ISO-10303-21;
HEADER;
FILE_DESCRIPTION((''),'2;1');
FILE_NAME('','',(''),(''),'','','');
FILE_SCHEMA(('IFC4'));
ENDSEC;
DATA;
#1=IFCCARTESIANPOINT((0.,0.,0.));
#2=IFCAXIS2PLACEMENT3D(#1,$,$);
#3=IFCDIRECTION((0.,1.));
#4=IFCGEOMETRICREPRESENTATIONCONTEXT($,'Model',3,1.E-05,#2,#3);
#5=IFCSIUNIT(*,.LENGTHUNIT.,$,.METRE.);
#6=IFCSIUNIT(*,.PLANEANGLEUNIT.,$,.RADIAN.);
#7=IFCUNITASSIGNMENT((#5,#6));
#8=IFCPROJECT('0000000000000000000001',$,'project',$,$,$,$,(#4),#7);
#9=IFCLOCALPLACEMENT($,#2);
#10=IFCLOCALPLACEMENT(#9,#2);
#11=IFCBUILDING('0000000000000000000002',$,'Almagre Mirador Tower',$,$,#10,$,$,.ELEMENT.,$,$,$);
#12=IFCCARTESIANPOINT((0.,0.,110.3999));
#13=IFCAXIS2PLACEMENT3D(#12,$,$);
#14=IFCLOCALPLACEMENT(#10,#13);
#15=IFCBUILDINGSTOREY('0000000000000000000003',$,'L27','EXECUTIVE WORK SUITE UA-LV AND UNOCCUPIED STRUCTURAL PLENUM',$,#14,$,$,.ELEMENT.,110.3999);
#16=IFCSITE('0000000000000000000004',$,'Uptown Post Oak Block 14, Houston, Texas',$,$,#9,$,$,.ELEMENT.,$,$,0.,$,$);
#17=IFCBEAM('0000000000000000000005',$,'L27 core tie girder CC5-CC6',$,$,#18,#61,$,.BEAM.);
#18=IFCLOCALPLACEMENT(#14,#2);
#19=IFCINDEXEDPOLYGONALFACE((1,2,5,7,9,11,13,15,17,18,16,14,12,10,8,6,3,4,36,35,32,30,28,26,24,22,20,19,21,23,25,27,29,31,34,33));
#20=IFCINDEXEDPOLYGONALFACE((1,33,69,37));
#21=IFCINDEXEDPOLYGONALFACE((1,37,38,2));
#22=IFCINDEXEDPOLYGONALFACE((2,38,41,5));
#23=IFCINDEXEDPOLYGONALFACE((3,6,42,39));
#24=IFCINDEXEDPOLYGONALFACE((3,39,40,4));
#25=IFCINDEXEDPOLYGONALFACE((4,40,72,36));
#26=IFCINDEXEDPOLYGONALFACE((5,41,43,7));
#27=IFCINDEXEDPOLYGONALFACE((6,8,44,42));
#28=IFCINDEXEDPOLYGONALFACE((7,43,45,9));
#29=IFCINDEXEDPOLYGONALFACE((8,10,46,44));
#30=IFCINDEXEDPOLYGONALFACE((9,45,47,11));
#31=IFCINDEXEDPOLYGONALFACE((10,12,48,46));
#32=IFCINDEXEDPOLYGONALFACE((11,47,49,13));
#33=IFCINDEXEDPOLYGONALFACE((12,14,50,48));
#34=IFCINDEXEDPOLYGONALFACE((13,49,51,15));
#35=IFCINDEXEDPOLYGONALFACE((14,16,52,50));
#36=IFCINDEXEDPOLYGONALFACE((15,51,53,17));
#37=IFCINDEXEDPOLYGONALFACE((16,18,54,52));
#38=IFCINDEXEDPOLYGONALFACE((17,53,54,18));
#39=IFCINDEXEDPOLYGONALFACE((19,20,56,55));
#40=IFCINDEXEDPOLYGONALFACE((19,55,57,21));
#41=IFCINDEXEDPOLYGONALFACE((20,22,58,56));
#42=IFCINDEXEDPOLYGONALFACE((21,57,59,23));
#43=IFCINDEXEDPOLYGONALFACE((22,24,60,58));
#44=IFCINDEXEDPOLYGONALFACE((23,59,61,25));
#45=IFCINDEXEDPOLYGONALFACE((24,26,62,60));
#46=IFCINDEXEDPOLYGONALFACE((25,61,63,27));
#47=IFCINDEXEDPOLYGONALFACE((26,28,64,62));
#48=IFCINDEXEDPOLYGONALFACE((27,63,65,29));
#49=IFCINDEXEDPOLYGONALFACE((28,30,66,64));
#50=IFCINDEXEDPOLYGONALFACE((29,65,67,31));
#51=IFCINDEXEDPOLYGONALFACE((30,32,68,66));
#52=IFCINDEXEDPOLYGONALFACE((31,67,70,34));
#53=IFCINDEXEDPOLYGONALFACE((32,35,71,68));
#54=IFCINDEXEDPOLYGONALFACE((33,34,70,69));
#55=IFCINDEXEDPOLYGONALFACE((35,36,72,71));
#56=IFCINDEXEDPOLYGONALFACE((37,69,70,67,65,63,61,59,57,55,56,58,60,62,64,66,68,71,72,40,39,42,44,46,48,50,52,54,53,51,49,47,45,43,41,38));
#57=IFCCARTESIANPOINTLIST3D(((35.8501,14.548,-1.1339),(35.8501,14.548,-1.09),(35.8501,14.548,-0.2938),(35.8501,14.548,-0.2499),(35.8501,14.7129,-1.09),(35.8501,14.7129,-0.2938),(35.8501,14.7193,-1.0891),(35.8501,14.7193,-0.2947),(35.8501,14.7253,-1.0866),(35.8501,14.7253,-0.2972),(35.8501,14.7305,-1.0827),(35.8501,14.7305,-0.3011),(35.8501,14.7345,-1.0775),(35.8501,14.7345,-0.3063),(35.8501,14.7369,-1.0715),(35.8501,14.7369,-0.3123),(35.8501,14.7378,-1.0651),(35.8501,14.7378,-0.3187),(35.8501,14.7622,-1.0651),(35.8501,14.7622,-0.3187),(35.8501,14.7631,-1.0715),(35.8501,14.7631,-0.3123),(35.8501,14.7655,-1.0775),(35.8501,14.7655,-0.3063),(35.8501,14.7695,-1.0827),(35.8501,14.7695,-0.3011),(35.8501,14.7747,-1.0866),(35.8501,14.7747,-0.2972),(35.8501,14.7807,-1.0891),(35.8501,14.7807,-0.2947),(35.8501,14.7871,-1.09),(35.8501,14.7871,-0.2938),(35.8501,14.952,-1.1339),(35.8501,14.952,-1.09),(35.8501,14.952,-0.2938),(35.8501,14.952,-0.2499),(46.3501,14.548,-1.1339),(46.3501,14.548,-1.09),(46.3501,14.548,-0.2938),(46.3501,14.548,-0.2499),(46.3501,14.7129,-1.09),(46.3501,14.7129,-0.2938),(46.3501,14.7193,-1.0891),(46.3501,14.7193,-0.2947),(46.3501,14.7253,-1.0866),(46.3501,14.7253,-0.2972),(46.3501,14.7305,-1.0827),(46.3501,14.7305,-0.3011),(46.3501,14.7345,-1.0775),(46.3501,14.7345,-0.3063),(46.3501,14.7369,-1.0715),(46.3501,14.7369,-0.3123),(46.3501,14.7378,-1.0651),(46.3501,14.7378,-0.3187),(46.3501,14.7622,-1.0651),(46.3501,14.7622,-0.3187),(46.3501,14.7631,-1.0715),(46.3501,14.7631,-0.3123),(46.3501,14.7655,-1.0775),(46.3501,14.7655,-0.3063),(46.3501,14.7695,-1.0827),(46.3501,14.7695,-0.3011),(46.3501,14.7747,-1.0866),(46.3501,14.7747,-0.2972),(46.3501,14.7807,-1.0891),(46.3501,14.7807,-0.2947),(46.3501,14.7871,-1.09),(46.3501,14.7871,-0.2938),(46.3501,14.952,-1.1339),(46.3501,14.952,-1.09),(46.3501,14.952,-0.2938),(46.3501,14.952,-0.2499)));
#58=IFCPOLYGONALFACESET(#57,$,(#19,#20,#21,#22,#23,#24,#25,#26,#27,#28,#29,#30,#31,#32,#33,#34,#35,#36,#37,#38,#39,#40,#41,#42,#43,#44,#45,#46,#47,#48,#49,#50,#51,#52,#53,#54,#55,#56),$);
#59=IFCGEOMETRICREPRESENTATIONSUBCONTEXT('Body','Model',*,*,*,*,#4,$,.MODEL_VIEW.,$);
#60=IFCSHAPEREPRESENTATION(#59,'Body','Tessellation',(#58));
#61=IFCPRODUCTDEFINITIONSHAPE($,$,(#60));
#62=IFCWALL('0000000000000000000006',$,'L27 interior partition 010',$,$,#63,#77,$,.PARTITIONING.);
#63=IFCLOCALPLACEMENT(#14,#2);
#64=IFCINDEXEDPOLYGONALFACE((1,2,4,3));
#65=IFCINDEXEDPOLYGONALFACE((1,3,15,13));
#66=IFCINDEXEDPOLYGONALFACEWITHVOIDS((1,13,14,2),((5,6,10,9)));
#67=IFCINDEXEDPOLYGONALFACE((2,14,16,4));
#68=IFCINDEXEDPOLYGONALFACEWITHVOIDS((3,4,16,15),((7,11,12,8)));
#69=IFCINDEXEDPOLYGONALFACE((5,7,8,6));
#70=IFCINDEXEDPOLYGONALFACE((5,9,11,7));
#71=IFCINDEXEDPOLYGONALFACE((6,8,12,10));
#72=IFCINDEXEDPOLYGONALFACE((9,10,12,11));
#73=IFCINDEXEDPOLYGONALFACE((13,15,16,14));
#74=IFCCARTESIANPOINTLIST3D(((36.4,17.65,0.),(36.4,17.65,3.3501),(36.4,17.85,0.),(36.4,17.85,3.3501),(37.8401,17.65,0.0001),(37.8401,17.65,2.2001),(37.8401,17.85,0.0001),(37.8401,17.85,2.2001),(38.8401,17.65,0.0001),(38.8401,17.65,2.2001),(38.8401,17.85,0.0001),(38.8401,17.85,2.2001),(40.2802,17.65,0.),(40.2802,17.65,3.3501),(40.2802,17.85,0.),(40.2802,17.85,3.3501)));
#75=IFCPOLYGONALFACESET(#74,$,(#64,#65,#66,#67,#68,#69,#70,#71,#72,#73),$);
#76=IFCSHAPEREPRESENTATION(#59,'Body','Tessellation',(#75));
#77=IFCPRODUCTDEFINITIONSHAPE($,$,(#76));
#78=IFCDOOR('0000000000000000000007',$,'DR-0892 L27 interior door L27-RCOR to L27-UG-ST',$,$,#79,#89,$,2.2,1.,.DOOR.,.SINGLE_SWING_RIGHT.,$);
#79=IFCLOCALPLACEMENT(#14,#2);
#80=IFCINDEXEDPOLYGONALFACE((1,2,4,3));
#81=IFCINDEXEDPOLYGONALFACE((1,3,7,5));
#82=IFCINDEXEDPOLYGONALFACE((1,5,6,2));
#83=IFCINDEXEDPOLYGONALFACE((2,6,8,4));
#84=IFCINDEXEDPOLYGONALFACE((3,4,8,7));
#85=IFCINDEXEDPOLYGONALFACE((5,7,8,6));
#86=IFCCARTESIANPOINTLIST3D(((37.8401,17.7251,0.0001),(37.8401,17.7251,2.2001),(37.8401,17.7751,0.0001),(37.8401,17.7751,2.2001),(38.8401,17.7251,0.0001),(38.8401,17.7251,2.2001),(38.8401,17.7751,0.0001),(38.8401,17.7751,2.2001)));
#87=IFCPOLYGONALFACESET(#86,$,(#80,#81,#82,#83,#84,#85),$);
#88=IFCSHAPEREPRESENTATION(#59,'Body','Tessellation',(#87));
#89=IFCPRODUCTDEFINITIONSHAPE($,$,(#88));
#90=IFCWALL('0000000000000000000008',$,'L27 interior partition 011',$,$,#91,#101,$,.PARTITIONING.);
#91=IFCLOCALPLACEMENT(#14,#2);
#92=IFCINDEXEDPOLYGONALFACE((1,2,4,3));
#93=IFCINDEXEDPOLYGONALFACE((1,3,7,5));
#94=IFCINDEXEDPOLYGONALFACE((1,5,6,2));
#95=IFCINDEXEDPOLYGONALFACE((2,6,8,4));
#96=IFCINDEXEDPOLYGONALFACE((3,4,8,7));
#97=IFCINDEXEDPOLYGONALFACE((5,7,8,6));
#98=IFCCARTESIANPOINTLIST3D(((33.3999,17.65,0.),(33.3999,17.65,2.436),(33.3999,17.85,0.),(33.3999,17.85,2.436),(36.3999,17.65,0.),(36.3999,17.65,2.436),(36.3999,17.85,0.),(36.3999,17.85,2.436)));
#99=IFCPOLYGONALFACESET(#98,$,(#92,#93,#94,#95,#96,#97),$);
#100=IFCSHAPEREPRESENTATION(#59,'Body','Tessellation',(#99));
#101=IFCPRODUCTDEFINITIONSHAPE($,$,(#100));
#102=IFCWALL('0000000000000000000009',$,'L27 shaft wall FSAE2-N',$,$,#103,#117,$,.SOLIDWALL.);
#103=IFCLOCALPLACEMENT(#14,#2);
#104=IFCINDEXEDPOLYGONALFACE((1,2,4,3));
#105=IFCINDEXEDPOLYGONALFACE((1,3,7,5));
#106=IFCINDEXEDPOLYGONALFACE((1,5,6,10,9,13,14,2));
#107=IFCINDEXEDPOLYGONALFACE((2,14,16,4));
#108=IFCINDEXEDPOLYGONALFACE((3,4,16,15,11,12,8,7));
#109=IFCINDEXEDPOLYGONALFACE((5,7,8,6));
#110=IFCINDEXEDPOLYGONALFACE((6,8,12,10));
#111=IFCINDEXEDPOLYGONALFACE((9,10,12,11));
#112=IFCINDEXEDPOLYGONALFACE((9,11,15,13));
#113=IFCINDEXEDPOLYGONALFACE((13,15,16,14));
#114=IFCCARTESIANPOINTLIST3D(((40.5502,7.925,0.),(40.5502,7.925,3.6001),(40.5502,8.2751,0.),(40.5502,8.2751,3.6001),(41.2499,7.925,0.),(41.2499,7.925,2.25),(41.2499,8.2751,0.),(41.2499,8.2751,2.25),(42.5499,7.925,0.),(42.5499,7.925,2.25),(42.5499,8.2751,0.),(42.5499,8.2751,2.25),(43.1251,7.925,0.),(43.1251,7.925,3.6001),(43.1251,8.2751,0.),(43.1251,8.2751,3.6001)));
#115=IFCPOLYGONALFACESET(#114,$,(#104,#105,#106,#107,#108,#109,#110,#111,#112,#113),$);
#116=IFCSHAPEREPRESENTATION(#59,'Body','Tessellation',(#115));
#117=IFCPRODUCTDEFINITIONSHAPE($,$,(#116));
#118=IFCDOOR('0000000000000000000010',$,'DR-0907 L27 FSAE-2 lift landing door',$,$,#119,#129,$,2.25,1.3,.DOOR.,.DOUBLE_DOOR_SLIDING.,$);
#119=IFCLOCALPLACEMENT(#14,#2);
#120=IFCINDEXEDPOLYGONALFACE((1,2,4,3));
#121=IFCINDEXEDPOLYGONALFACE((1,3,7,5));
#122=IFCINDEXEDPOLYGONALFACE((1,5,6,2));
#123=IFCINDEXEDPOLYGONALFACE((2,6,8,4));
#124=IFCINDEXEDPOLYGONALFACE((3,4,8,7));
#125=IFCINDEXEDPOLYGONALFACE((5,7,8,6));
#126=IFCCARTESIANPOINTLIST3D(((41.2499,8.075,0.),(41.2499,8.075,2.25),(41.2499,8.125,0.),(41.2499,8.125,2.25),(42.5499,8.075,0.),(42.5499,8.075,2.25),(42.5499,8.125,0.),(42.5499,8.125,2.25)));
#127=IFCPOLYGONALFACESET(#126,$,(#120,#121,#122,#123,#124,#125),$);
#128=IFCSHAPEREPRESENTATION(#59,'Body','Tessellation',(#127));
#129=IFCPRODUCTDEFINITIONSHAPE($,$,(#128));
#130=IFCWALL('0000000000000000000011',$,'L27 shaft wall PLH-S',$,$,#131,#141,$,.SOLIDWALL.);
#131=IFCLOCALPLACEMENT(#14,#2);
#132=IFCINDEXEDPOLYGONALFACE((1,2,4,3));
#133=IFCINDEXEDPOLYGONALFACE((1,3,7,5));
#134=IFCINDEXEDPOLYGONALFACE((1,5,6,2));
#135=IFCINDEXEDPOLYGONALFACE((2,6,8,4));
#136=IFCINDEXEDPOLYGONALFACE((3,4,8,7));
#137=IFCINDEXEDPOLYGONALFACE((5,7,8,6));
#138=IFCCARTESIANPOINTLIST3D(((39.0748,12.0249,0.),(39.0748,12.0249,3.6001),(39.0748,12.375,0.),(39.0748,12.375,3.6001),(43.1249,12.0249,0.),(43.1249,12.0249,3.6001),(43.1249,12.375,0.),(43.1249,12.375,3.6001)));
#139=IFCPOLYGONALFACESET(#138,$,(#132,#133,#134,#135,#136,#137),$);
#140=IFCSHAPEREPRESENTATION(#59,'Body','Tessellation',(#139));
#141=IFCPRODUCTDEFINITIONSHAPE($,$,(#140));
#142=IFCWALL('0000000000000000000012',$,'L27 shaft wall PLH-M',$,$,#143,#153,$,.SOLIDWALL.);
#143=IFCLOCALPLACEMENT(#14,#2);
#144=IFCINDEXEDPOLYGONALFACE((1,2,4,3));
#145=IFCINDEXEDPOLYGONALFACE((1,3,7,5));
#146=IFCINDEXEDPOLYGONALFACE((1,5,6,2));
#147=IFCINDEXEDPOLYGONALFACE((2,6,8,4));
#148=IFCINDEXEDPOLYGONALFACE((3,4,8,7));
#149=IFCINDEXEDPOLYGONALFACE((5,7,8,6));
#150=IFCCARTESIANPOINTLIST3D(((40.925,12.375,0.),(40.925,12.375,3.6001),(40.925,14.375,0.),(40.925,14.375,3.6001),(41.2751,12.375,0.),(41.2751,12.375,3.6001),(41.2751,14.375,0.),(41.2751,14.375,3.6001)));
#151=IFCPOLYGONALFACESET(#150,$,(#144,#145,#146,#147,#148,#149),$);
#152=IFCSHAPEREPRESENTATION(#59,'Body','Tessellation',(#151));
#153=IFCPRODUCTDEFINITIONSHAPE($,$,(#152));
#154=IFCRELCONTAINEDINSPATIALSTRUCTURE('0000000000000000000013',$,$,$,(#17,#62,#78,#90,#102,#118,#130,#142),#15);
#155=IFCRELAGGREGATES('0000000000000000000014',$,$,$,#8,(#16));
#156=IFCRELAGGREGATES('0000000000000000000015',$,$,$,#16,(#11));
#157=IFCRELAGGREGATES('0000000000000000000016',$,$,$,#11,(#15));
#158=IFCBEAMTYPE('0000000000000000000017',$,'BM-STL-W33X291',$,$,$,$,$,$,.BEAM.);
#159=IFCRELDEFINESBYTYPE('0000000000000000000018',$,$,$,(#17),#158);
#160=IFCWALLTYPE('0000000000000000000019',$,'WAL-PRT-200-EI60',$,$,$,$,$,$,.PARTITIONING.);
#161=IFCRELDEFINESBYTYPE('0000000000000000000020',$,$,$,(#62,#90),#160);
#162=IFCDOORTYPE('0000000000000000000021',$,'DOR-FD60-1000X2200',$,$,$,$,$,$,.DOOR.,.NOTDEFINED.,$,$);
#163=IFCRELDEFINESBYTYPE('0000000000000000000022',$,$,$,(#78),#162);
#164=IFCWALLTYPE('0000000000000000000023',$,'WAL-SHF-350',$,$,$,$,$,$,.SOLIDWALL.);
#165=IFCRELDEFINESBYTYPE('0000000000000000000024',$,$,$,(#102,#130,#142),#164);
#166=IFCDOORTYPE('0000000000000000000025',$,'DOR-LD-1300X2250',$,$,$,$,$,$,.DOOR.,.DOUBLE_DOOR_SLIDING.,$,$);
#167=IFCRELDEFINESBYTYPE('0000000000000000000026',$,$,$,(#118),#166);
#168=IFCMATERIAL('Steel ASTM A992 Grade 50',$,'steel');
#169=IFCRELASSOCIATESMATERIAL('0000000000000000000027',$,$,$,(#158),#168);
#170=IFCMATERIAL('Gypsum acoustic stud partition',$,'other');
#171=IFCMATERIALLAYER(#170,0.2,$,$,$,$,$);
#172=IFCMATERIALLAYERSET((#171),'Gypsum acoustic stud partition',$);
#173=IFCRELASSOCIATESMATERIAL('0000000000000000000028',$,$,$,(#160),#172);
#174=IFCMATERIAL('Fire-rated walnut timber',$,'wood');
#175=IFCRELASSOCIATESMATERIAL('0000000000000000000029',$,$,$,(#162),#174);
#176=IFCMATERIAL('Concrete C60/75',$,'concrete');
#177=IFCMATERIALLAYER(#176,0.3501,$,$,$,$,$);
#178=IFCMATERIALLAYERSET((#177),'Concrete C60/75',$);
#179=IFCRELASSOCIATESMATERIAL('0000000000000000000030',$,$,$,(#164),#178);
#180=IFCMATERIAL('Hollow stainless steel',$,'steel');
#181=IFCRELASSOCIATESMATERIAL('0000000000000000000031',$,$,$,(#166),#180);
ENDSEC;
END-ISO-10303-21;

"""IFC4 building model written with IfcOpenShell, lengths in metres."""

from ifc_helpers import new_model, si_unit, direction, frame, frame_2d, origin, origin_2d, place, context, subcontext, project, spatial, rectangle, i_section, extrude, material, layer, layer_set, material_profile, profile_set, type_object, element, fill, save


model = new_model("IFC4")

# Units and contexts
model_context = context("Model", 3, precision=1e-05, world=origin(), true_north=direction((0.0, 1.0)))
body_context = subcontext(model_context, "Body", "Model", "MODEL_VIEW")
ifc_project = project(units=[si_unit("LENGTHUNIT", "METRE"), si_unit("PLANEANGLEUNIT", "RADIAN")], contexts=[model_context])

# Site, building, storey
site_placement = place(None, origin())
site = spatial("IfcSite", under=ifc_project, at=site_placement, Name="Uptown Post Oak Block 14, Houston, Texas", CompositionType="ELEMENT", RefElevation=0.0)
building_placement = place(site_placement, origin())
building = spatial("IfcBuilding", under=site, at=building_placement, Name="Almagre Mirador Tower", CompositionType="ELEMENT")
storey_placement = place(building_placement, frame((0.0, 0.0, 110.3999)))
storey = spatial("IfcBuildingStorey", under=building, at=storey_placement, Name="L27", Description="EXECUTIVE WORK SUITE UA-LV AND UNOCCUPIED STRUCTURAL PLENUM", CompositionType="ELEMENT", Elevation=110.3999)

# Beam
ifc_material_1 = material(Name="Steel ASTM A992 Grade 50", Category="steel")
ifc_material_profile = material_profile(ifc_material_1, i_section(OverallWidth=0.4041, OverallDepth=0.884, WebThickness=0.0244, FlangeThickness=0.0439, FilletRadius=0.0249, at=origin_2d()), Name="W33X291")
ifc_profile_set = profile_set([ifc_material_profile], Name="Steel ASTM A992 Grade 50")
beam_type = type_object("IfcBeamType", Name="BM-STL-W33X291", PredefinedType="BEAM", material=ifc_profile_set)
beam_placement = place(storey_placement, frame((35.8501, 14.75, -0.6919), z_axis=(1.0, 0.0, 0.0), x_axis=(0.0, 1.0, 0.0)))
element("IfcBeam", 1, at=beam_placement, inside=storey, type_object=beam_type, Name="L27 core tie girder CC5-CC6", PredefinedType="BEAM", context=body_context, shape_type="SweptSolid", body=[
    extrude(i_section(OverallWidth=0.4041, OverallDepth=0.884, WebThickness=0.0244, FlangeThickness=0.0439, FilletRadius=0.0249, at=origin_2d()), origin(), (0.0, 0.0, 1.0), 10.5),
])

# Wall, opening, door
ifc_material_2 = material(Name="Gypsum acoustic stud partition", Category="other")
ifc_layer_1 = layer(ifc_material_2, 0.2)
ifc_layer_set_1 = layer_set([ifc_layer_1], Name="Gypsum acoustic stud partition")
wall_type_1 = type_object("IfcWallType", Name="WAL-PRT-200-EI60", PredefinedType="PARTITIONING", material=ifc_layer_set_1)
wall_1_placement = place(storey_placement, frame((40.28, 17.75, 0.0), z_axis=(0.0, 0.0, 1.0), x_axis=(-1.0, 0.0, 0.0)))
wall_1 = element("IfcWall", 2, at=wall_1_placement, inside=storey, type_object=wall_type_1, Name="L27 interior partition 010", PredefinedType="PARTITIONING", context=body_context, shape_type="SweptSolid", body=[
    extrude(rectangle(XDim=3.8801, YDim=0.2, at=frame_2d((1.9399, 0.0))), origin(), (0.0, 0.0, 1.0), 3.3501),
])
opening_1_placement = place(wall_1_placement, frame((1.4399, 0.0, 0.0)))
opening_1 = element("IfcOpeningElement", 3, at=opening_1_placement, cuts=wall_1, PredefinedType="OPENING", context=body_context, shape_type="SweptSolid", body=[
    extrude(rectangle(XDim=1.0, YDim=2.2, at=frame_2d((0.5, 1.1001))), frame((0.0, 0.1101, 0.0), z_axis=(0.0, -1.0, 0.0), x_axis=(1.0, 0.0, 0.0)), (0.0, 0.0, 1.0), 0.22),
])
ifc_material_3 = material(Name="Fire-rated walnut timber", Category="wood")
door_type_1 = type_object("IfcDoorType", Name="DOR-FD60-1000X2200", OperationType="NOTDEFINED", PredefinedType="DOOR", material=ifc_material_3)
door_1_placement = place(opening_1_placement, origin())
door_1 = element("IfcDoor", 4, at=door_1_placement, inside=storey, type_object=door_type_1, Name="DR-0892 L27 interior door L27-RCOR to L27-UG-ST", OperationType="SINGLE_SWING_RIGHT", OverallHeight=2.2, OverallWidth=1.0, PredefinedType="DOOR", context=body_context, shape_type="SweptSolid", body=[
    extrude(rectangle(XDim=1.0, YDim=2.2, at=frame_2d((0.5, 1.1001))), frame((0.0, 0.0249, 0.0), z_axis=(0.0, -1.0, 0.0), x_axis=(1.0, 0.0, 0.0)), (0.0, 0.0, 1.0), 0.05),
])
fill(opening_1, door_1)

# Wall
wall_2_placement = place(storey_placement, frame((36.3999, 17.75, 0.0), z_axis=(0.0, 0.0, 1.0), x_axis=(-1.0, 0.0, 0.0)))
element("IfcWall", 5, at=wall_2_placement, inside=storey, type_object=wall_type_1, Name="L27 interior partition 011", PredefinedType="PARTITIONING", context=body_context, shape_type="SweptSolid", body=[
    extrude(rectangle(XDim=3.0, YDim=0.2, at=frame_2d((1.5, 0.0))), origin(), (0.0, 0.0, 1.0), 2.436),
])

# Wall, opening, door
ifc_material_4 = material(Name="Concrete C60/75", Category="concrete")
ifc_layer_2 = layer(ifc_material_4, 0.3501)
ifc_layer_set_2 = layer_set([ifc_layer_2], Name="Concrete C60/75")
wall_type_2 = type_object("IfcWallType", Name="WAL-SHF-350", PredefinedType="SOLIDWALL", material=ifc_layer_set_2)
wall_3_placement = place(storey_placement, frame((40.55, 8.1001, 0.0), z_axis=(0.0, 0.0, 1.0), x_axis=(1.0, 0.0, 0.0)))
wall_3 = element("IfcWall", 6, at=wall_3_placement, inside=storey, type_object=wall_type_2, Name="L27 shaft wall FSAE2-N", PredefinedType="SOLIDWALL", context=body_context, shape_type="SweptSolid", body=[
    extrude(rectangle(XDim=2.575, YDim=0.3501, at=frame_2d((1.2876, 0.0))), origin(), (0.0, 0.0, 1.0), 3.6001),
])
opening_2_placement = place(wall_3_placement, frame((0.7, 0.0, 0.0)))
opening_2 = element("IfcOpeningElement", 7, at=opening_2_placement, cuts=wall_3, PredefinedType="OPENING", context=body_context, shape_type="SweptSolid", body=[
    extrude(rectangle(XDim=1.3, YDim=2.25, at=frame_2d((0.6499, 1.125))), frame((0.0, 0.185, 0.0), z_axis=(0.0, -1.0, 0.0), x_axis=(1.0, 0.0, 0.0)), (0.0, 0.0, 1.0), 0.3701),
])
ifc_material_5 = material(Name="Hollow stainless steel", Category="steel")
door_type_2 = type_object("IfcDoorType", Name="DOR-LD-1300X2250", OperationType="DOUBLE_DOOR_SLIDING", PredefinedType="DOOR", material=ifc_material_5)
door_2_placement = place(opening_2_placement, origin())
door_2 = element("IfcDoor", 8, at=door_2_placement, inside=storey, type_object=door_type_2, Name="DR-0907 L27 FSAE-2 lift landing door", OperationType="DOUBLE_DOOR_SLIDING", OverallHeight=2.25, OverallWidth=1.3, PredefinedType="DOOR", context=body_context, shape_type="SweptSolid", body=[
    extrude(rectangle(XDim=1.3, YDim=2.25, at=frame_2d((0.6499, 1.125))), frame((0.0, 0.0249, 0.0), z_axis=(0.0, -1.0, 0.0), x_axis=(1.0, 0.0, 0.0)), (0.0, 0.0, 1.0), 0.05),
])
fill(opening_2, door_2)

# Walls
wall_4_placement = place(storey_placement, frame((39.075, 12.2, 0.0), z_axis=(0.0, 0.0, 1.0), x_axis=(1.0, 0.0, 0.0)))
element("IfcWall", 9, at=wall_4_placement, inside=storey, type_object=wall_type_2, Name="L27 shaft wall PLH-S", PredefinedType="SOLIDWALL", context=body_context, shape_type="SweptSolid", body=[
    extrude(rectangle(XDim=4.05, YDim=0.3501, at=frame_2d((2.0249, 0.0))), origin(), (0.0, 0.0, 1.0), 3.6001),
])
wall_5_placement = place(storey_placement, frame((41.1001, 12.375, 0.0), z_axis=(0.0, 0.0, 1.0), x_axis=(0.0, 1.0, 0.0)))
element("IfcWall", 10, at=wall_5_placement, inside=storey, type_object=wall_type_2, Name="L27 shaft wall PLH-M", PredefinedType="SOLIDWALL", context=body_context, shape_type="SweptSolid", body=[
    extrude(rectangle(XDim=2.0, YDim=0.3501, at=frame_2d((1.0, 0.0))), origin(), (0.0, 0.0, 1.0), 3.6001),
])

save(model, "model.ifc")
